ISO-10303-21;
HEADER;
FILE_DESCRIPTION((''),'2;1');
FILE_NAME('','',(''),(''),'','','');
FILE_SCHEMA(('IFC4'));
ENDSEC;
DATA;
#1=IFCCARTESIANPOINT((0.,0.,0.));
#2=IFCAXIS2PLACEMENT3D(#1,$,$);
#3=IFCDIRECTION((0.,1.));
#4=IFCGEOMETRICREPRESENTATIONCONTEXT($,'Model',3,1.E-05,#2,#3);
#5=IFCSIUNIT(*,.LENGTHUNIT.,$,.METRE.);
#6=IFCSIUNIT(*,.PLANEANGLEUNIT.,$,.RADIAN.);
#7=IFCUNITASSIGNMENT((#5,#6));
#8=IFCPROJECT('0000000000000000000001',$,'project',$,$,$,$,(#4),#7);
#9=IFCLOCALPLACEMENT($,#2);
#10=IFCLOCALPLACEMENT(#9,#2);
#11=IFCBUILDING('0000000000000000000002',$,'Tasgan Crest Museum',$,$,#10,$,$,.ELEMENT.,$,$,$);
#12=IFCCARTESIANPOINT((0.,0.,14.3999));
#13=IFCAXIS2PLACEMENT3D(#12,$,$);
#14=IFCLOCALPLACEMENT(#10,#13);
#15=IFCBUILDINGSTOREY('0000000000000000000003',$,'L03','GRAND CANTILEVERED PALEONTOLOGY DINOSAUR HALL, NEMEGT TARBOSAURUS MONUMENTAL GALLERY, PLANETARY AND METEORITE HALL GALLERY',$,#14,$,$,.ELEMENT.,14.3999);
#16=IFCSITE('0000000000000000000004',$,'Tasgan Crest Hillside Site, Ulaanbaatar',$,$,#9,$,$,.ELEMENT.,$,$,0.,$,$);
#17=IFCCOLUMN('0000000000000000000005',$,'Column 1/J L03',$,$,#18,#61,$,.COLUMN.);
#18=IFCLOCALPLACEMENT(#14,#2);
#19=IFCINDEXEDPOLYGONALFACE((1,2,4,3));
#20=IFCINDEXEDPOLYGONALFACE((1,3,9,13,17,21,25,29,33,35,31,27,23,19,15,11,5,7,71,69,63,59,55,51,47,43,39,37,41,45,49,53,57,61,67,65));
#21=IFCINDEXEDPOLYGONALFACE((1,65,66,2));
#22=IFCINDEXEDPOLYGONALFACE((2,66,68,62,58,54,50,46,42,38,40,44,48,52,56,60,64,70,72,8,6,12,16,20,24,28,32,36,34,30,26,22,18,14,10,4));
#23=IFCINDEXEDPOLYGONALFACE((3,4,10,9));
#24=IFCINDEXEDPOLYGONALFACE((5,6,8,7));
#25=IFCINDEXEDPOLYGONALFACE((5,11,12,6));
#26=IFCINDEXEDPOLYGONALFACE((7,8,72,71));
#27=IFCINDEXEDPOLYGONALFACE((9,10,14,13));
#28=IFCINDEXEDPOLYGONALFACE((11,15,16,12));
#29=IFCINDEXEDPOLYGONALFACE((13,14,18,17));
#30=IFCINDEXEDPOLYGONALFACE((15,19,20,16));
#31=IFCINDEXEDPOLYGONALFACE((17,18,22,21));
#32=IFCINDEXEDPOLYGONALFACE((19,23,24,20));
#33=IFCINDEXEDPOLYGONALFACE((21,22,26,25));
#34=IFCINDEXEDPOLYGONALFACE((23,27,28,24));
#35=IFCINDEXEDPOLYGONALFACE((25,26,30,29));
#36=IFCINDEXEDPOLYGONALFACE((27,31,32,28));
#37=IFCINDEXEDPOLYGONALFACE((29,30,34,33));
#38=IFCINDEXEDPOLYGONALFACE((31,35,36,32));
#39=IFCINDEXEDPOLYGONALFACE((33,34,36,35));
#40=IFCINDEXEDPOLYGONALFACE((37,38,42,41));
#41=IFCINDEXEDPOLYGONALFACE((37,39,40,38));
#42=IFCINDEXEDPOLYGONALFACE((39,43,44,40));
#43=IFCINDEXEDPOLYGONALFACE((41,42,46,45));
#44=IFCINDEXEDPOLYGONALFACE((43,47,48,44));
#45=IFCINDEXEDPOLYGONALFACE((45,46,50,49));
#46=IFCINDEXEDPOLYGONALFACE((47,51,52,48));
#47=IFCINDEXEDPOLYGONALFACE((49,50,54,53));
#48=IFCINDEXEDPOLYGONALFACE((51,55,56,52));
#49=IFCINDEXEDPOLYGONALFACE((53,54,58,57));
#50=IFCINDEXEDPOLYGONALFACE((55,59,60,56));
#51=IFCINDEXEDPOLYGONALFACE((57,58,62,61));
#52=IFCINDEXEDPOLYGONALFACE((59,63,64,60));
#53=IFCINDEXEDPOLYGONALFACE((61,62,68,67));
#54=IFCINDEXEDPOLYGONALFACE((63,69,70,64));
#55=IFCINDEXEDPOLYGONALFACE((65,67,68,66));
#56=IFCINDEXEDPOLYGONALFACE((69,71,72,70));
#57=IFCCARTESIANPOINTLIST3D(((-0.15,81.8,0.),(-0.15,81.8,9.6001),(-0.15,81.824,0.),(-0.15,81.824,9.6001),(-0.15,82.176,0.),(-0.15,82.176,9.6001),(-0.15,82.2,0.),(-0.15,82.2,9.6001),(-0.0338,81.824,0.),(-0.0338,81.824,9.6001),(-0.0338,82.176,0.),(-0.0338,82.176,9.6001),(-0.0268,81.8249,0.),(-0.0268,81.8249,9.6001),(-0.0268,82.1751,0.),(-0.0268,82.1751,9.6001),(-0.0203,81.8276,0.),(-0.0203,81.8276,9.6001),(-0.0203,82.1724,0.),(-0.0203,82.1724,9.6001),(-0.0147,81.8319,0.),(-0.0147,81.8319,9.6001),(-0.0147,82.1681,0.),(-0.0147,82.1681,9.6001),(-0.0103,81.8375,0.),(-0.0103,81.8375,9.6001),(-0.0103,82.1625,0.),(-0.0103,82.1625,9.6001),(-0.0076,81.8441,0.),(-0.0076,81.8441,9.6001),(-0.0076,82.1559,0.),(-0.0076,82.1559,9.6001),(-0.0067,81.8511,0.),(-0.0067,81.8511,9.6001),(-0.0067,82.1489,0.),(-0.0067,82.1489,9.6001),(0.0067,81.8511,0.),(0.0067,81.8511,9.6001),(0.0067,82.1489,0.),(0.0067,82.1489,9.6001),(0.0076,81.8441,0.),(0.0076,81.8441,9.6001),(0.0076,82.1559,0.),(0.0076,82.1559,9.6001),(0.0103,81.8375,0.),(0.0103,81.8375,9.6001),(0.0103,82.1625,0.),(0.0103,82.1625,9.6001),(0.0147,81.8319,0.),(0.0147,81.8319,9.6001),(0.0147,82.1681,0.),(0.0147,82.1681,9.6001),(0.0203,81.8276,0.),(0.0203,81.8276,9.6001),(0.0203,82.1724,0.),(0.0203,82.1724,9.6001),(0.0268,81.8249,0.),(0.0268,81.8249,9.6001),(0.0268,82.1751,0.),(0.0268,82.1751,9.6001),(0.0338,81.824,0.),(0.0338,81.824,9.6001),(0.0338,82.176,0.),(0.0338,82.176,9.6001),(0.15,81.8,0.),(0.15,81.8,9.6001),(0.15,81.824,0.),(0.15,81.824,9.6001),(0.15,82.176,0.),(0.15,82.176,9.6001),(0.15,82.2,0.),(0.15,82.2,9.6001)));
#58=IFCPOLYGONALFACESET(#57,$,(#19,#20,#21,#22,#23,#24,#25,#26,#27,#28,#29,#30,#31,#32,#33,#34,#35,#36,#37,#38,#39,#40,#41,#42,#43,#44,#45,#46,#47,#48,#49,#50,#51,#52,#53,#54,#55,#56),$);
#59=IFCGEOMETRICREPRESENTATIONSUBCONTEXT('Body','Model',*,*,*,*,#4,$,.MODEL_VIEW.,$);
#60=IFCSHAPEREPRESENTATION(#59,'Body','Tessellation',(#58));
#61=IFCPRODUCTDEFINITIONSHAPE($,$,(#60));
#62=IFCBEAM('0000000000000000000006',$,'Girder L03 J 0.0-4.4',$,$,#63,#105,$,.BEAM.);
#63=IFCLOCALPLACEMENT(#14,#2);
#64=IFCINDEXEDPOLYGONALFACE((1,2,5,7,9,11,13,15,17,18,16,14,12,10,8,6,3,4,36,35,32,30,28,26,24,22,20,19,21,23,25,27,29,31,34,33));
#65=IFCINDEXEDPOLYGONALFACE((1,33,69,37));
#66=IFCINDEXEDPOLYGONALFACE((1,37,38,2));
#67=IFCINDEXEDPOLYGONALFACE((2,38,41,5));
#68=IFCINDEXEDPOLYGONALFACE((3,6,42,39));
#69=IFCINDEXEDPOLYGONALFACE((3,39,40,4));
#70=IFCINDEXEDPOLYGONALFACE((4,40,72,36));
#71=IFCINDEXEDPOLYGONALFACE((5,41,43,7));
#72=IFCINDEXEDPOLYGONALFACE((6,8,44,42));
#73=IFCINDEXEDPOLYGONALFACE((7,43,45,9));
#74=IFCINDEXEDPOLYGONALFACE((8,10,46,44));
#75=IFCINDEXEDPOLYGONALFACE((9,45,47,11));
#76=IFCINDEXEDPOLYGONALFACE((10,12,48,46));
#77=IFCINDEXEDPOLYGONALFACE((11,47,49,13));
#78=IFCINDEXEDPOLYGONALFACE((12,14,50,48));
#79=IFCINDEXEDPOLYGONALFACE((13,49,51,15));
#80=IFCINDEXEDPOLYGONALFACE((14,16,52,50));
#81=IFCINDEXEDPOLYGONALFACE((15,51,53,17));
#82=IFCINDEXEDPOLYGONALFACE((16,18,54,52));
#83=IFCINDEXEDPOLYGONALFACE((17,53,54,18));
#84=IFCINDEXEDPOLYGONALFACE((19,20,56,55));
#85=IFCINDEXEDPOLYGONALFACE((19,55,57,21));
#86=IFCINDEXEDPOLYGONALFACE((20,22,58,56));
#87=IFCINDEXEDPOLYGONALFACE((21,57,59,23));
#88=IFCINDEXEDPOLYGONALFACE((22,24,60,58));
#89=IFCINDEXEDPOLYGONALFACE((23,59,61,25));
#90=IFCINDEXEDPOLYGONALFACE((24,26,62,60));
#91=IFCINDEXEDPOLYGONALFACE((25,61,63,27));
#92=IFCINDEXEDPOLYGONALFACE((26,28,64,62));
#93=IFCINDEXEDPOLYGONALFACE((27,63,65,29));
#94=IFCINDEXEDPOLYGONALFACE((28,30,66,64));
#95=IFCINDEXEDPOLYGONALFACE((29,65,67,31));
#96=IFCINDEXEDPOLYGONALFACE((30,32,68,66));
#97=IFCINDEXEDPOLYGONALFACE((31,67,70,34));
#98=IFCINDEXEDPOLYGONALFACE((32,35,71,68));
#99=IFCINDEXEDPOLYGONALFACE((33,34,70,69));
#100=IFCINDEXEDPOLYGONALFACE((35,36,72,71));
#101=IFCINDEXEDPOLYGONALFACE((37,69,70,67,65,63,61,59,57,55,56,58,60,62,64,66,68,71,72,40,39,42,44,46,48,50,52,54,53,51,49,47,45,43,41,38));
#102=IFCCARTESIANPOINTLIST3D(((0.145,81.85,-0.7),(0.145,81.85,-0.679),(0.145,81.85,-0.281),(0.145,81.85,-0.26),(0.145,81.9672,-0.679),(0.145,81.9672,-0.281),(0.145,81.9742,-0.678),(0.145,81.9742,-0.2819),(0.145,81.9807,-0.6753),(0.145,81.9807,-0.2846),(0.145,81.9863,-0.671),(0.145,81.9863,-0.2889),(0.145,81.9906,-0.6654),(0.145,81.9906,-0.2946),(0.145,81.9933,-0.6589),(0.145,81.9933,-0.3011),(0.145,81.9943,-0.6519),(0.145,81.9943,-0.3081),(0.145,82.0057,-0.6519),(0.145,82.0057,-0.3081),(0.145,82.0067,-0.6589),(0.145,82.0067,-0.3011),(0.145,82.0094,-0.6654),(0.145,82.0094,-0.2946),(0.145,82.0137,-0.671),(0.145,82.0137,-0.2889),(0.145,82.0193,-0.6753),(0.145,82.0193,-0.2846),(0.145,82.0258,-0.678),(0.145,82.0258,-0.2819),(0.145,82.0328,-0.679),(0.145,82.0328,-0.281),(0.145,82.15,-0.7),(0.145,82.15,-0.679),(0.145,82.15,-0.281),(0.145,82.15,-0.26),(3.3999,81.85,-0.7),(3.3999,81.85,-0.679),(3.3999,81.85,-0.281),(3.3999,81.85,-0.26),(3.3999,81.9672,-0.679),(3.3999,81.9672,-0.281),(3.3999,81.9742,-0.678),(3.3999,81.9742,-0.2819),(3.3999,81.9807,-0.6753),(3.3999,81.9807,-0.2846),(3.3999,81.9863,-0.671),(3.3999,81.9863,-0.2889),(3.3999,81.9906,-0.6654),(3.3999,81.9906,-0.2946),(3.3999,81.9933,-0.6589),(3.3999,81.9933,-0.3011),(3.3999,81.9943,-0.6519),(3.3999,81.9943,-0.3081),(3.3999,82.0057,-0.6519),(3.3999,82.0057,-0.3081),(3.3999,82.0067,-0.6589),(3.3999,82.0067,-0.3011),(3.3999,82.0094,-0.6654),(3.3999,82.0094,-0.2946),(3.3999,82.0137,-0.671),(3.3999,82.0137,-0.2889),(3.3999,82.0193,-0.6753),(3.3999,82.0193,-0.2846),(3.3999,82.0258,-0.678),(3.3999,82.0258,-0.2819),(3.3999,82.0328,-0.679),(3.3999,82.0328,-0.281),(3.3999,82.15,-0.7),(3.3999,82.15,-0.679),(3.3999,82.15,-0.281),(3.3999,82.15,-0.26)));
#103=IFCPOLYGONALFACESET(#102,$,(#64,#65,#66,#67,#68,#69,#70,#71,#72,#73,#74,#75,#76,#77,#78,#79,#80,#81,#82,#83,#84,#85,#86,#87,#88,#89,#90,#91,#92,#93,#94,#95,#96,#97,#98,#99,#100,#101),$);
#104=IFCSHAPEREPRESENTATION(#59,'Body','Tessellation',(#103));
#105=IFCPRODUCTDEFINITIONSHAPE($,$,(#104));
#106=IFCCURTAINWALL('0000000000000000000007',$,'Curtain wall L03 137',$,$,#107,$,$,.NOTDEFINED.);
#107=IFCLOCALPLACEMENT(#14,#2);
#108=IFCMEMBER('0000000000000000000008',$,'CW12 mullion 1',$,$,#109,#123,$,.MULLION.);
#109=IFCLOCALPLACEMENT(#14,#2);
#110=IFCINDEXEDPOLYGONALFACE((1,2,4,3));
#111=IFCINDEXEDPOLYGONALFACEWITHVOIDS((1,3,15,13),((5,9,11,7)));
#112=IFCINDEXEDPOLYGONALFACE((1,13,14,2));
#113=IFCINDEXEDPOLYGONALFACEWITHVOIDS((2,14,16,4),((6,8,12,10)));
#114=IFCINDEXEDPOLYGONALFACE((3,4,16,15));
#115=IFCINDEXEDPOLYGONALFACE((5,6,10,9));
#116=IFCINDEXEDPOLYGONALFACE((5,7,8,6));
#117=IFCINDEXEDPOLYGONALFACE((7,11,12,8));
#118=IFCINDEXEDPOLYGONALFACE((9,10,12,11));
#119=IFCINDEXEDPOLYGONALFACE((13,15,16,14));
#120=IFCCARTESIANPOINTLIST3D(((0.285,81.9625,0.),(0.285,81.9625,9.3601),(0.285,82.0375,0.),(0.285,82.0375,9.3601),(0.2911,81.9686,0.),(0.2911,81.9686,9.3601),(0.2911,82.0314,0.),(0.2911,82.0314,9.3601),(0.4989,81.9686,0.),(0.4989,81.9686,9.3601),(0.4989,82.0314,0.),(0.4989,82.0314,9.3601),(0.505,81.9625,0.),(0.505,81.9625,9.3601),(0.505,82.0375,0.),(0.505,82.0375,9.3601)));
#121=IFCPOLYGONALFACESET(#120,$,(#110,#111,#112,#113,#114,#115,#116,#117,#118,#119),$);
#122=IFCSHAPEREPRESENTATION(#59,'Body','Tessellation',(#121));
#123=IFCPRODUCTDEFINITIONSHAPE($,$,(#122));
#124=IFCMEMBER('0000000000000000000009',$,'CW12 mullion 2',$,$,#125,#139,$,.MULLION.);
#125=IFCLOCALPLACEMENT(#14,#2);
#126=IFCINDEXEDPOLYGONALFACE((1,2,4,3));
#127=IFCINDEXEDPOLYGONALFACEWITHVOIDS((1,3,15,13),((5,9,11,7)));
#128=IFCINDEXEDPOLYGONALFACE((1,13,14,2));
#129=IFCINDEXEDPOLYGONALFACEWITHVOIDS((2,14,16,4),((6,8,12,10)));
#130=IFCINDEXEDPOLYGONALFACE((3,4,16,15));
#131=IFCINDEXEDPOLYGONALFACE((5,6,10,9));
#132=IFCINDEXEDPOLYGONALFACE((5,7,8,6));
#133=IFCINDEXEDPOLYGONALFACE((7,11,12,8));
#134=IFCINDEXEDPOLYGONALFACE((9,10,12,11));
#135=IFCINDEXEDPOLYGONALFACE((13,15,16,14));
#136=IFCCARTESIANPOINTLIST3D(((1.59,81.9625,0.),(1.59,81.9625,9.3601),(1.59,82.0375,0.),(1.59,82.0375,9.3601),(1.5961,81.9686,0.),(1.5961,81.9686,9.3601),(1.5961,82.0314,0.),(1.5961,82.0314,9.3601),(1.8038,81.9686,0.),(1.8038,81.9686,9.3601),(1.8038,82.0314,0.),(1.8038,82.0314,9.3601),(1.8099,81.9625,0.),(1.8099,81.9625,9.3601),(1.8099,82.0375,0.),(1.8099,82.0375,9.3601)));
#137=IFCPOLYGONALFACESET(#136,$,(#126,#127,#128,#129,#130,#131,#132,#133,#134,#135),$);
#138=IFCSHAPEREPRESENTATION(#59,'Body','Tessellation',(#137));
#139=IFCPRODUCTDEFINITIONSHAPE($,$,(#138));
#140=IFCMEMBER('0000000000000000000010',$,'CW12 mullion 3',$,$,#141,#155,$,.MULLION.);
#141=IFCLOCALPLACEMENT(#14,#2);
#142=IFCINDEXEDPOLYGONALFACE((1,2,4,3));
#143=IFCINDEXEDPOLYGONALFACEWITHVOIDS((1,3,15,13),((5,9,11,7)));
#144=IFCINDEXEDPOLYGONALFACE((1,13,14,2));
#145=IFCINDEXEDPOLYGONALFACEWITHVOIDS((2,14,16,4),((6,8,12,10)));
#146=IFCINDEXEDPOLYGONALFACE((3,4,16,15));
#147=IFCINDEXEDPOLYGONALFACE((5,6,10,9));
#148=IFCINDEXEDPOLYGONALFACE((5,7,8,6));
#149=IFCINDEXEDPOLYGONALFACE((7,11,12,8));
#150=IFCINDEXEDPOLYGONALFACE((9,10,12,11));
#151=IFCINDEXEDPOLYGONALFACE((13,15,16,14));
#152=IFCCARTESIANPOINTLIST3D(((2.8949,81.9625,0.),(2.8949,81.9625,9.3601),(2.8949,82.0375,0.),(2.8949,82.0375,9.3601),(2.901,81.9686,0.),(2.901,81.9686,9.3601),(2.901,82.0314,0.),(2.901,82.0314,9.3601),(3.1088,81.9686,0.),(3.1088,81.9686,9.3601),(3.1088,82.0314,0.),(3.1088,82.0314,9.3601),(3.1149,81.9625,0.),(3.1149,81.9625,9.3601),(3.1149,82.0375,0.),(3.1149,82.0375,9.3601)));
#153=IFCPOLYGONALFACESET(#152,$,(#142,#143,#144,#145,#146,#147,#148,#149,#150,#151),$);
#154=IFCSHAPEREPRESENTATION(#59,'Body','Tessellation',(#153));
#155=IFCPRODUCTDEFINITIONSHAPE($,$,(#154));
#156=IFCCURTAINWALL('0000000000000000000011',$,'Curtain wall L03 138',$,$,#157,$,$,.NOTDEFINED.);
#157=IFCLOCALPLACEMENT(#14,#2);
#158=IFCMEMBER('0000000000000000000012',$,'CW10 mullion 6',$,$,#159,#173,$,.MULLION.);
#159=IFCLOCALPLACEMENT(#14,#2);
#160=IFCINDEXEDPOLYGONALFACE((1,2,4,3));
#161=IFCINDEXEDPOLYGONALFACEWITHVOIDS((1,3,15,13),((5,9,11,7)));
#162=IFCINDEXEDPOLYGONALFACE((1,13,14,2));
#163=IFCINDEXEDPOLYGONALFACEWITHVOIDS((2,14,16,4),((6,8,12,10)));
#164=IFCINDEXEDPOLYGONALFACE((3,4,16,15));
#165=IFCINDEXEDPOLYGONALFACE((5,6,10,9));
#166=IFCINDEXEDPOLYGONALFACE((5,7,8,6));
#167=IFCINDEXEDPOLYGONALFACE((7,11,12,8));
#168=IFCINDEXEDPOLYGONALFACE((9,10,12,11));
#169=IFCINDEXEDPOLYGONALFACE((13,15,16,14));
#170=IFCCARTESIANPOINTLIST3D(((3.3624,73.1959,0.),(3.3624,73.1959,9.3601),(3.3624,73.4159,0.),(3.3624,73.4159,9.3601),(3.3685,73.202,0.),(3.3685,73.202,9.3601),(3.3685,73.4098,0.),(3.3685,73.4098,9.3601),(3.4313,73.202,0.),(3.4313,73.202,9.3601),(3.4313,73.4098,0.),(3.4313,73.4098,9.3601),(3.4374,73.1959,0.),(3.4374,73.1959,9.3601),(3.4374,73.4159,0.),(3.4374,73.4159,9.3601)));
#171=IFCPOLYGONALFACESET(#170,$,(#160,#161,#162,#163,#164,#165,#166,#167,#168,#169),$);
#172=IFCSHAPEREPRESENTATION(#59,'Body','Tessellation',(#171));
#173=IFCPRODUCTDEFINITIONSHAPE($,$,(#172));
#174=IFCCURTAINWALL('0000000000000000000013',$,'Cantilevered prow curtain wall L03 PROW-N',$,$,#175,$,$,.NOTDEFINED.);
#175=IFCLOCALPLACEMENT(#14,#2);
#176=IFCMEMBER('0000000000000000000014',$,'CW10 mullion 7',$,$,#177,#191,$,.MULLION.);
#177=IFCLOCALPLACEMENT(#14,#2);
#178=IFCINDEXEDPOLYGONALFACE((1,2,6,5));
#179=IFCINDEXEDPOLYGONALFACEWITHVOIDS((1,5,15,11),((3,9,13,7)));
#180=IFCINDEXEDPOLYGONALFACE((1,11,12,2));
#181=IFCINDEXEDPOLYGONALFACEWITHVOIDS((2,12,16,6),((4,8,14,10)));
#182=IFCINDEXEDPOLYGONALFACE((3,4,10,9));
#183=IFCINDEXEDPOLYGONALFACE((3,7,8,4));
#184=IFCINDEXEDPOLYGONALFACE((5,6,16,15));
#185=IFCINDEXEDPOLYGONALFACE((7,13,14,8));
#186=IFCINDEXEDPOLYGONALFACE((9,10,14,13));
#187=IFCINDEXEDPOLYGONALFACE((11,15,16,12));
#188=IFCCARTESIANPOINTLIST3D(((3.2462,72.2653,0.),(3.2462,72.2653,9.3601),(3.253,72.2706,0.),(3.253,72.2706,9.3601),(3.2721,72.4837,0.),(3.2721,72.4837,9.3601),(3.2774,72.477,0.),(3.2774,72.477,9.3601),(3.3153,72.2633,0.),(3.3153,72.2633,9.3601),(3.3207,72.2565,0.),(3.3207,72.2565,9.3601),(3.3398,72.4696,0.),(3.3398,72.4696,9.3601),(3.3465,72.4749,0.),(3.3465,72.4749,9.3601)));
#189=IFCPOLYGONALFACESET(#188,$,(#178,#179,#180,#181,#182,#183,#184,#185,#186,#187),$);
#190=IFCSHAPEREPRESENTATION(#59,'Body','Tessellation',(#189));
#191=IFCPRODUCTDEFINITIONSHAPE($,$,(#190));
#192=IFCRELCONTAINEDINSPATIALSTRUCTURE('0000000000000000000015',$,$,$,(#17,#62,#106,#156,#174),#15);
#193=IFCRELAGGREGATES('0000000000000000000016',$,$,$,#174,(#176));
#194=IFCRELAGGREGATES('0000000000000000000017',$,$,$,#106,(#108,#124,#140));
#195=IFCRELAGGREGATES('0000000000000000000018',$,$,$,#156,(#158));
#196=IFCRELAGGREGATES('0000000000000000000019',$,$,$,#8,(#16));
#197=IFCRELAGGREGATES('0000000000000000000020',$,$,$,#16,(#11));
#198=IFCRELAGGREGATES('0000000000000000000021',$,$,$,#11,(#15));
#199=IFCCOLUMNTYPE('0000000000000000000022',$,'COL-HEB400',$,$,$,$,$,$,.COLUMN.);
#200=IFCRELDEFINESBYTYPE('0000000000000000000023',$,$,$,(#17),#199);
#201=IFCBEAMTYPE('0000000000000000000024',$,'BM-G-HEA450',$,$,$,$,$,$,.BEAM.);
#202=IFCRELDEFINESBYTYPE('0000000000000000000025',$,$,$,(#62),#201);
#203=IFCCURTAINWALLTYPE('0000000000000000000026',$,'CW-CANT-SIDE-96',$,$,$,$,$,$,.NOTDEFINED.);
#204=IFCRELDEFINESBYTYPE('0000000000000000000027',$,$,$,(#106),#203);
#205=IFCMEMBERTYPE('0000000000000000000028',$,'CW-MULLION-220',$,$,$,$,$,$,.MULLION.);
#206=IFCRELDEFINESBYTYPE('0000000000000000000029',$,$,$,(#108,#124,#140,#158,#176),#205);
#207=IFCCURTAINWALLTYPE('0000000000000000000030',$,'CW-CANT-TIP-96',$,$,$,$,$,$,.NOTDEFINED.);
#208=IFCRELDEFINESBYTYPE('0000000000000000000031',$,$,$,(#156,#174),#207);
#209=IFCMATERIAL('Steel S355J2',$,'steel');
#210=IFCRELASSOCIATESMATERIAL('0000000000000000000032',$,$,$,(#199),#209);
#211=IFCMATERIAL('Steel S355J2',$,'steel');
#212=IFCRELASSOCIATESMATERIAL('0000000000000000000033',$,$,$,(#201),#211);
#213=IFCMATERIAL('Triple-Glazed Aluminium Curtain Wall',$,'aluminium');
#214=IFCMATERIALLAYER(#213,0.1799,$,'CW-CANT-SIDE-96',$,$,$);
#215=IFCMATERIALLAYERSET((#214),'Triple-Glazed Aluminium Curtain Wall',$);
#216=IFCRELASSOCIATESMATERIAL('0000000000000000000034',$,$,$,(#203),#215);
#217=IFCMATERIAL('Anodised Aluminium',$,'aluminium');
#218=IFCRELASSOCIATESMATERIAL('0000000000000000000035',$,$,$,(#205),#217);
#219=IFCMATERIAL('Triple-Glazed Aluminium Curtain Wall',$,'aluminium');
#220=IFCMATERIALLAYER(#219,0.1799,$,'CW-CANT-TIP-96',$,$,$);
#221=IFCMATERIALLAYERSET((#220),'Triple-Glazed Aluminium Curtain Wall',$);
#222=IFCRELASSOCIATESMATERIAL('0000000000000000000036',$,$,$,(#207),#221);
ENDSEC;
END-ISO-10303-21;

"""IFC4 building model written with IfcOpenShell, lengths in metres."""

from ifc_helpers import new_model, si_unit, direction, frame, origin, origin_2d, place, context, subcontext, project, spatial, hollow_rectangle, i_section, extrude, material, layer, layer_set, material_profile, profile_set, type_object, element, aggregate, save


model = new_model("IFC4")

# Units and contexts
model_context = context("Model", 3, precision=1e-05, world=origin(), true_north=direction((0.0, 1.0)))
body_context = subcontext(model_context, "Body", "Model", "MODEL_VIEW")
ifc_project = project(units=[si_unit("LENGTHUNIT", "METRE"), si_unit("PLANEANGLEUNIT", "RADIAN")], contexts=[model_context])

# Site, building, storey
site_placement = place(None, origin())
site = spatial("IfcSite", under=ifc_project, at=site_placement, Name="Tasgan Crest Hillside Site, Ulaanbaatar", CompositionType="ELEMENT", RefElevation=0.0)
building_placement = place(site_placement, origin())
building = spatial("IfcBuilding", under=site, at=building_placement, Name="Tasgan Crest Museum", CompositionType="ELEMENT")
storey_placement = place(building_placement, frame((0.0, 0.0, 14.3999)))
storey = spatial("IfcBuildingStorey", under=building, at=storey_placement, Name="L03", Description="GRAND CANTILEVERED PALEONTOLOGY DINOSAUR HALL, NEMEGT TARBOSAURUS MONUMENTAL GALLERY, PLANETARY AND METEORITE HALL GALLERY", CompositionType="ELEMENT", Elevation=14.3999)

# Column
ifc_material_1 = material(Name="Steel S355J2", Category="steel")
ifc_material_profile_1 = material_profile(ifc_material_1, i_section(OverallWidth=0.3, OverallDepth=0.3999, WebThickness=0.0134, FlangeThickness=0.0239, FilletRadius=0.0271, at=origin_2d()), Name="HEB 400")
ifc_profile_set_1 = profile_set([ifc_material_profile_1], Name="Steel S355J2")
column_type = type_object("IfcColumnType", Name="COL-HEB400", PredefinedType="COLUMN", material=ifc_profile_set_1)
column_placement = place(storey_placement, frame((0.0, 82.0, 0.0), z_axis=(0.0, 0.0, 1.0), x_axis=(1.0, 0.0, 0.0)))
element("IfcColumn", 1, at=column_placement, inside=storey, type_object=column_type, Name="Column 1/J L03", PredefinedType="COLUMN", context=body_context, shape_type="SweptSolid", body=[
    extrude(i_section(OverallWidth=0.3, OverallDepth=0.3999, WebThickness=0.0134, FlangeThickness=0.0239, FilletRadius=0.0271, at=origin_2d()), origin(), (0.0, 0.0, 1.0), 9.6001),
])

# Beam
ifc_material_2 = material(Name="Steel S355J2", Category="steel")
ifc_material_profile_2 = material_profile(ifc_material_2, i_section(OverallWidth=0.3, OverallDepth=0.4399, WebThickness=0.0115, FlangeThickness=0.021, FilletRadius=0.0271, at=origin_2d()), Name="HEA 450")
ifc_profile_set_2 = profile_set([ifc_material_profile_2], Name="Steel S355J2")
beam_type = type_object("IfcBeamType", Name="BM-G-HEA450", PredefinedType="BEAM", material=ifc_profile_set_2)
beam_placement = place(storey_placement, frame((0.145, 82.0, -0.48), z_axis=(1.0, 0.0, 0.0), x_axis=(0.0, 1.0, 0.0)))
element("IfcBeam", 2, at=beam_placement, inside=storey, type_object=beam_type, Name="Girder L03 J 0.0-4.4", PredefinedType="BEAM", context=body_context, shape_type="SweptSolid", body=[
    extrude(i_section(OverallWidth=0.3, OverallDepth=0.4399, WebThickness=0.0115, FlangeThickness=0.021, FilletRadius=0.0271, at=origin_2d()), origin(), (0.0, 0.0, 1.0), 3.2549),
])

# Curtain wall, members
ifc_material_3 = material(Name="Triple-Glazed Aluminium Curtain Wall", Category="aluminium")
ifc_layer_1 = layer(ifc_material_3, 0.1799, Name="CW-CANT-SIDE-96")
ifc_layer_set_1 = layer_set([ifc_layer_1], Name="Triple-Glazed Aluminium Curtain Wall")
curtain_wall_type_1 = type_object("IfcCurtainWallType", Name="CW-CANT-SIDE-96", PredefinedType="NOTDEFINED", material=ifc_layer_set_1)
curtain_wall_1_placement = place(storey_placement, origin())
curtain_wall_1 = element("IfcCurtainWall", 3, at=curtain_wall_1_placement, inside=storey, type_object=curtain_wall_type_1, Name="Curtain wall L03 137", PredefinedType="NOTDEFINED")
ifc_material_4 = material(Name="Anodised Aluminium", Category="aluminium")
ifc_material_profile_3 = material_profile(ifc_material_4, hollow_rectangle(XDim=0.075, YDim=0.22, WallThickness=0.0061, at=origin_2d()), Name="ALU MULLION 220x75x6")
ifc_profile_set_3 = profile_set([ifc_material_profile_3], Name="Anodised Aluminium")
member_type_1 = type_object("IfcMemberType", Name="CW-MULLION-220", PredefinedType="MULLION", material=ifc_profile_set_3)
member_1_placement = place(storey_placement, frame((0.395, 82.0, 0.0), z_axis=(0.0, 0.0, 1.0), x_axis=(0.0, 1.0, 0.0)))
member_1 = element("IfcMember", 4, at=member_1_placement, type_object=member_type_1, Name="CW12 mullion 1", PredefinedType="MULLION", context=body_context, shape_type="SweptSolid", body=[
    extrude(hollow_rectangle(XDim=0.075, YDim=0.22, WallThickness=0.0061, at=origin_2d()), origin(), (0.0, 0.0, 1.0), 9.3601),
])
member_2_placement = place(storey_placement, frame((1.7, 82.0, 0.0), z_axis=(0.0, 0.0, 1.0), x_axis=(0.0, 1.0, 0.0)))
member_2 = element("IfcMember", 5, at=member_2_placement, type_object=member_type_1, Name="CW12 mullion 2", PredefinedType="MULLION", context=body_context, shape_type="SweptSolid", body=[
    extrude(hollow_rectangle(XDim=0.075, YDim=0.22, WallThickness=0.0061, at=origin_2d()), origin(), (0.0, 0.0, 1.0), 9.3601),
])
member_3_placement = place(storey_placement, frame((3.0049, 82.0, 0.0), z_axis=(0.0, 0.0, 1.0), x_axis=(0.0, 1.0, 0.0)))
member_3 = element("IfcMember", 6, at=member_3_placement, type_object=member_type_1, Name="CW12 mullion 3", PredefinedType="MULLION", context=body_context, shape_type="SweptSolid", body=[
    extrude(hollow_rectangle(XDim=0.075, YDim=0.22, WallThickness=0.0061, at=origin_2d()), origin(), (0.0, 0.0, 1.0), 9.3601),
])

# Curtain walls, members
ifc_material_5 = material(Name="Triple-Glazed Aluminium Curtain Wall", Category="aluminium")
ifc_layer_2 = layer(ifc_material_5, 0.1799, Name="CW-CANT-TIP-96")
ifc_layer_set_2 = layer_set([ifc_layer_2], Name="Triple-Glazed Aluminium Curtain Wall")
curtain_wall_type_2 = type_object("IfcCurtainWallType", Name="CW-CANT-TIP-96", PredefinedType="NOTDEFINED", material=ifc_layer_set_2)
curtain_wall_2_placement = place(storey_placement, origin())
curtain_wall_2 = element("IfcCurtainWall", 7, at=curtain_wall_2_placement, inside=storey, type_object=curtain_wall_type_2, Name="Curtain wall L03 138", PredefinedType="NOTDEFINED")
member_4_placement = place(storey_placement, frame((3.3999, 73.3059, 0.0), z_axis=(0.0, 0.0, 1.0), x_axis=(1.0, 0.0, 0.0)))
member_4 = element("IfcMember", 8, at=member_4_placement, type_object=member_type_1, Name="CW10 mullion 6", PredefinedType="MULLION", context=body_context, shape_type="SweptSolid", body=[
    extrude(hollow_rectangle(XDim=0.075, YDim=0.22, WallThickness=0.0061, at=origin_2d()), origin(), (0.0, 0.0, 1.0), 9.3601),
])
curtain_wall_3_placement = place(storey_placement, origin())
curtain_wall_3 = element("IfcCurtainWall", 9, at=curtain_wall_3_placement, inside=storey, type_object=curtain_wall_type_2, Name="Cantilevered prow curtain wall L03 PROW-N", PredefinedType="NOTDEFINED")
member_5_placement = place(storey_placement, frame((3.2964, 72.3701, 0.0), z_axis=(0.0, 0.0, 1.0), x_axis=(-0.993065, 0.117565, 0.0)))
member_5 = element("IfcMember", 10, at=member_5_placement, type_object=member_type_1, Name="CW10 mullion 7", PredefinedType="MULLION", context=body_context, shape_type="SweptSolid", body=[
    extrude(hollow_rectangle(XDim=0.075, YDim=0.22, WallThickness=0.0061, at=origin_2d()), origin(), (0.0, 0.0, 1.0), 9.3601),
])
aggregate(curtain_wall_3, [member_5])

aggregate(curtain_wall_1, [member_1, member_2, member_3])
aggregate(curtain_wall_2, [member_4])

save(model, "model.ifc")
